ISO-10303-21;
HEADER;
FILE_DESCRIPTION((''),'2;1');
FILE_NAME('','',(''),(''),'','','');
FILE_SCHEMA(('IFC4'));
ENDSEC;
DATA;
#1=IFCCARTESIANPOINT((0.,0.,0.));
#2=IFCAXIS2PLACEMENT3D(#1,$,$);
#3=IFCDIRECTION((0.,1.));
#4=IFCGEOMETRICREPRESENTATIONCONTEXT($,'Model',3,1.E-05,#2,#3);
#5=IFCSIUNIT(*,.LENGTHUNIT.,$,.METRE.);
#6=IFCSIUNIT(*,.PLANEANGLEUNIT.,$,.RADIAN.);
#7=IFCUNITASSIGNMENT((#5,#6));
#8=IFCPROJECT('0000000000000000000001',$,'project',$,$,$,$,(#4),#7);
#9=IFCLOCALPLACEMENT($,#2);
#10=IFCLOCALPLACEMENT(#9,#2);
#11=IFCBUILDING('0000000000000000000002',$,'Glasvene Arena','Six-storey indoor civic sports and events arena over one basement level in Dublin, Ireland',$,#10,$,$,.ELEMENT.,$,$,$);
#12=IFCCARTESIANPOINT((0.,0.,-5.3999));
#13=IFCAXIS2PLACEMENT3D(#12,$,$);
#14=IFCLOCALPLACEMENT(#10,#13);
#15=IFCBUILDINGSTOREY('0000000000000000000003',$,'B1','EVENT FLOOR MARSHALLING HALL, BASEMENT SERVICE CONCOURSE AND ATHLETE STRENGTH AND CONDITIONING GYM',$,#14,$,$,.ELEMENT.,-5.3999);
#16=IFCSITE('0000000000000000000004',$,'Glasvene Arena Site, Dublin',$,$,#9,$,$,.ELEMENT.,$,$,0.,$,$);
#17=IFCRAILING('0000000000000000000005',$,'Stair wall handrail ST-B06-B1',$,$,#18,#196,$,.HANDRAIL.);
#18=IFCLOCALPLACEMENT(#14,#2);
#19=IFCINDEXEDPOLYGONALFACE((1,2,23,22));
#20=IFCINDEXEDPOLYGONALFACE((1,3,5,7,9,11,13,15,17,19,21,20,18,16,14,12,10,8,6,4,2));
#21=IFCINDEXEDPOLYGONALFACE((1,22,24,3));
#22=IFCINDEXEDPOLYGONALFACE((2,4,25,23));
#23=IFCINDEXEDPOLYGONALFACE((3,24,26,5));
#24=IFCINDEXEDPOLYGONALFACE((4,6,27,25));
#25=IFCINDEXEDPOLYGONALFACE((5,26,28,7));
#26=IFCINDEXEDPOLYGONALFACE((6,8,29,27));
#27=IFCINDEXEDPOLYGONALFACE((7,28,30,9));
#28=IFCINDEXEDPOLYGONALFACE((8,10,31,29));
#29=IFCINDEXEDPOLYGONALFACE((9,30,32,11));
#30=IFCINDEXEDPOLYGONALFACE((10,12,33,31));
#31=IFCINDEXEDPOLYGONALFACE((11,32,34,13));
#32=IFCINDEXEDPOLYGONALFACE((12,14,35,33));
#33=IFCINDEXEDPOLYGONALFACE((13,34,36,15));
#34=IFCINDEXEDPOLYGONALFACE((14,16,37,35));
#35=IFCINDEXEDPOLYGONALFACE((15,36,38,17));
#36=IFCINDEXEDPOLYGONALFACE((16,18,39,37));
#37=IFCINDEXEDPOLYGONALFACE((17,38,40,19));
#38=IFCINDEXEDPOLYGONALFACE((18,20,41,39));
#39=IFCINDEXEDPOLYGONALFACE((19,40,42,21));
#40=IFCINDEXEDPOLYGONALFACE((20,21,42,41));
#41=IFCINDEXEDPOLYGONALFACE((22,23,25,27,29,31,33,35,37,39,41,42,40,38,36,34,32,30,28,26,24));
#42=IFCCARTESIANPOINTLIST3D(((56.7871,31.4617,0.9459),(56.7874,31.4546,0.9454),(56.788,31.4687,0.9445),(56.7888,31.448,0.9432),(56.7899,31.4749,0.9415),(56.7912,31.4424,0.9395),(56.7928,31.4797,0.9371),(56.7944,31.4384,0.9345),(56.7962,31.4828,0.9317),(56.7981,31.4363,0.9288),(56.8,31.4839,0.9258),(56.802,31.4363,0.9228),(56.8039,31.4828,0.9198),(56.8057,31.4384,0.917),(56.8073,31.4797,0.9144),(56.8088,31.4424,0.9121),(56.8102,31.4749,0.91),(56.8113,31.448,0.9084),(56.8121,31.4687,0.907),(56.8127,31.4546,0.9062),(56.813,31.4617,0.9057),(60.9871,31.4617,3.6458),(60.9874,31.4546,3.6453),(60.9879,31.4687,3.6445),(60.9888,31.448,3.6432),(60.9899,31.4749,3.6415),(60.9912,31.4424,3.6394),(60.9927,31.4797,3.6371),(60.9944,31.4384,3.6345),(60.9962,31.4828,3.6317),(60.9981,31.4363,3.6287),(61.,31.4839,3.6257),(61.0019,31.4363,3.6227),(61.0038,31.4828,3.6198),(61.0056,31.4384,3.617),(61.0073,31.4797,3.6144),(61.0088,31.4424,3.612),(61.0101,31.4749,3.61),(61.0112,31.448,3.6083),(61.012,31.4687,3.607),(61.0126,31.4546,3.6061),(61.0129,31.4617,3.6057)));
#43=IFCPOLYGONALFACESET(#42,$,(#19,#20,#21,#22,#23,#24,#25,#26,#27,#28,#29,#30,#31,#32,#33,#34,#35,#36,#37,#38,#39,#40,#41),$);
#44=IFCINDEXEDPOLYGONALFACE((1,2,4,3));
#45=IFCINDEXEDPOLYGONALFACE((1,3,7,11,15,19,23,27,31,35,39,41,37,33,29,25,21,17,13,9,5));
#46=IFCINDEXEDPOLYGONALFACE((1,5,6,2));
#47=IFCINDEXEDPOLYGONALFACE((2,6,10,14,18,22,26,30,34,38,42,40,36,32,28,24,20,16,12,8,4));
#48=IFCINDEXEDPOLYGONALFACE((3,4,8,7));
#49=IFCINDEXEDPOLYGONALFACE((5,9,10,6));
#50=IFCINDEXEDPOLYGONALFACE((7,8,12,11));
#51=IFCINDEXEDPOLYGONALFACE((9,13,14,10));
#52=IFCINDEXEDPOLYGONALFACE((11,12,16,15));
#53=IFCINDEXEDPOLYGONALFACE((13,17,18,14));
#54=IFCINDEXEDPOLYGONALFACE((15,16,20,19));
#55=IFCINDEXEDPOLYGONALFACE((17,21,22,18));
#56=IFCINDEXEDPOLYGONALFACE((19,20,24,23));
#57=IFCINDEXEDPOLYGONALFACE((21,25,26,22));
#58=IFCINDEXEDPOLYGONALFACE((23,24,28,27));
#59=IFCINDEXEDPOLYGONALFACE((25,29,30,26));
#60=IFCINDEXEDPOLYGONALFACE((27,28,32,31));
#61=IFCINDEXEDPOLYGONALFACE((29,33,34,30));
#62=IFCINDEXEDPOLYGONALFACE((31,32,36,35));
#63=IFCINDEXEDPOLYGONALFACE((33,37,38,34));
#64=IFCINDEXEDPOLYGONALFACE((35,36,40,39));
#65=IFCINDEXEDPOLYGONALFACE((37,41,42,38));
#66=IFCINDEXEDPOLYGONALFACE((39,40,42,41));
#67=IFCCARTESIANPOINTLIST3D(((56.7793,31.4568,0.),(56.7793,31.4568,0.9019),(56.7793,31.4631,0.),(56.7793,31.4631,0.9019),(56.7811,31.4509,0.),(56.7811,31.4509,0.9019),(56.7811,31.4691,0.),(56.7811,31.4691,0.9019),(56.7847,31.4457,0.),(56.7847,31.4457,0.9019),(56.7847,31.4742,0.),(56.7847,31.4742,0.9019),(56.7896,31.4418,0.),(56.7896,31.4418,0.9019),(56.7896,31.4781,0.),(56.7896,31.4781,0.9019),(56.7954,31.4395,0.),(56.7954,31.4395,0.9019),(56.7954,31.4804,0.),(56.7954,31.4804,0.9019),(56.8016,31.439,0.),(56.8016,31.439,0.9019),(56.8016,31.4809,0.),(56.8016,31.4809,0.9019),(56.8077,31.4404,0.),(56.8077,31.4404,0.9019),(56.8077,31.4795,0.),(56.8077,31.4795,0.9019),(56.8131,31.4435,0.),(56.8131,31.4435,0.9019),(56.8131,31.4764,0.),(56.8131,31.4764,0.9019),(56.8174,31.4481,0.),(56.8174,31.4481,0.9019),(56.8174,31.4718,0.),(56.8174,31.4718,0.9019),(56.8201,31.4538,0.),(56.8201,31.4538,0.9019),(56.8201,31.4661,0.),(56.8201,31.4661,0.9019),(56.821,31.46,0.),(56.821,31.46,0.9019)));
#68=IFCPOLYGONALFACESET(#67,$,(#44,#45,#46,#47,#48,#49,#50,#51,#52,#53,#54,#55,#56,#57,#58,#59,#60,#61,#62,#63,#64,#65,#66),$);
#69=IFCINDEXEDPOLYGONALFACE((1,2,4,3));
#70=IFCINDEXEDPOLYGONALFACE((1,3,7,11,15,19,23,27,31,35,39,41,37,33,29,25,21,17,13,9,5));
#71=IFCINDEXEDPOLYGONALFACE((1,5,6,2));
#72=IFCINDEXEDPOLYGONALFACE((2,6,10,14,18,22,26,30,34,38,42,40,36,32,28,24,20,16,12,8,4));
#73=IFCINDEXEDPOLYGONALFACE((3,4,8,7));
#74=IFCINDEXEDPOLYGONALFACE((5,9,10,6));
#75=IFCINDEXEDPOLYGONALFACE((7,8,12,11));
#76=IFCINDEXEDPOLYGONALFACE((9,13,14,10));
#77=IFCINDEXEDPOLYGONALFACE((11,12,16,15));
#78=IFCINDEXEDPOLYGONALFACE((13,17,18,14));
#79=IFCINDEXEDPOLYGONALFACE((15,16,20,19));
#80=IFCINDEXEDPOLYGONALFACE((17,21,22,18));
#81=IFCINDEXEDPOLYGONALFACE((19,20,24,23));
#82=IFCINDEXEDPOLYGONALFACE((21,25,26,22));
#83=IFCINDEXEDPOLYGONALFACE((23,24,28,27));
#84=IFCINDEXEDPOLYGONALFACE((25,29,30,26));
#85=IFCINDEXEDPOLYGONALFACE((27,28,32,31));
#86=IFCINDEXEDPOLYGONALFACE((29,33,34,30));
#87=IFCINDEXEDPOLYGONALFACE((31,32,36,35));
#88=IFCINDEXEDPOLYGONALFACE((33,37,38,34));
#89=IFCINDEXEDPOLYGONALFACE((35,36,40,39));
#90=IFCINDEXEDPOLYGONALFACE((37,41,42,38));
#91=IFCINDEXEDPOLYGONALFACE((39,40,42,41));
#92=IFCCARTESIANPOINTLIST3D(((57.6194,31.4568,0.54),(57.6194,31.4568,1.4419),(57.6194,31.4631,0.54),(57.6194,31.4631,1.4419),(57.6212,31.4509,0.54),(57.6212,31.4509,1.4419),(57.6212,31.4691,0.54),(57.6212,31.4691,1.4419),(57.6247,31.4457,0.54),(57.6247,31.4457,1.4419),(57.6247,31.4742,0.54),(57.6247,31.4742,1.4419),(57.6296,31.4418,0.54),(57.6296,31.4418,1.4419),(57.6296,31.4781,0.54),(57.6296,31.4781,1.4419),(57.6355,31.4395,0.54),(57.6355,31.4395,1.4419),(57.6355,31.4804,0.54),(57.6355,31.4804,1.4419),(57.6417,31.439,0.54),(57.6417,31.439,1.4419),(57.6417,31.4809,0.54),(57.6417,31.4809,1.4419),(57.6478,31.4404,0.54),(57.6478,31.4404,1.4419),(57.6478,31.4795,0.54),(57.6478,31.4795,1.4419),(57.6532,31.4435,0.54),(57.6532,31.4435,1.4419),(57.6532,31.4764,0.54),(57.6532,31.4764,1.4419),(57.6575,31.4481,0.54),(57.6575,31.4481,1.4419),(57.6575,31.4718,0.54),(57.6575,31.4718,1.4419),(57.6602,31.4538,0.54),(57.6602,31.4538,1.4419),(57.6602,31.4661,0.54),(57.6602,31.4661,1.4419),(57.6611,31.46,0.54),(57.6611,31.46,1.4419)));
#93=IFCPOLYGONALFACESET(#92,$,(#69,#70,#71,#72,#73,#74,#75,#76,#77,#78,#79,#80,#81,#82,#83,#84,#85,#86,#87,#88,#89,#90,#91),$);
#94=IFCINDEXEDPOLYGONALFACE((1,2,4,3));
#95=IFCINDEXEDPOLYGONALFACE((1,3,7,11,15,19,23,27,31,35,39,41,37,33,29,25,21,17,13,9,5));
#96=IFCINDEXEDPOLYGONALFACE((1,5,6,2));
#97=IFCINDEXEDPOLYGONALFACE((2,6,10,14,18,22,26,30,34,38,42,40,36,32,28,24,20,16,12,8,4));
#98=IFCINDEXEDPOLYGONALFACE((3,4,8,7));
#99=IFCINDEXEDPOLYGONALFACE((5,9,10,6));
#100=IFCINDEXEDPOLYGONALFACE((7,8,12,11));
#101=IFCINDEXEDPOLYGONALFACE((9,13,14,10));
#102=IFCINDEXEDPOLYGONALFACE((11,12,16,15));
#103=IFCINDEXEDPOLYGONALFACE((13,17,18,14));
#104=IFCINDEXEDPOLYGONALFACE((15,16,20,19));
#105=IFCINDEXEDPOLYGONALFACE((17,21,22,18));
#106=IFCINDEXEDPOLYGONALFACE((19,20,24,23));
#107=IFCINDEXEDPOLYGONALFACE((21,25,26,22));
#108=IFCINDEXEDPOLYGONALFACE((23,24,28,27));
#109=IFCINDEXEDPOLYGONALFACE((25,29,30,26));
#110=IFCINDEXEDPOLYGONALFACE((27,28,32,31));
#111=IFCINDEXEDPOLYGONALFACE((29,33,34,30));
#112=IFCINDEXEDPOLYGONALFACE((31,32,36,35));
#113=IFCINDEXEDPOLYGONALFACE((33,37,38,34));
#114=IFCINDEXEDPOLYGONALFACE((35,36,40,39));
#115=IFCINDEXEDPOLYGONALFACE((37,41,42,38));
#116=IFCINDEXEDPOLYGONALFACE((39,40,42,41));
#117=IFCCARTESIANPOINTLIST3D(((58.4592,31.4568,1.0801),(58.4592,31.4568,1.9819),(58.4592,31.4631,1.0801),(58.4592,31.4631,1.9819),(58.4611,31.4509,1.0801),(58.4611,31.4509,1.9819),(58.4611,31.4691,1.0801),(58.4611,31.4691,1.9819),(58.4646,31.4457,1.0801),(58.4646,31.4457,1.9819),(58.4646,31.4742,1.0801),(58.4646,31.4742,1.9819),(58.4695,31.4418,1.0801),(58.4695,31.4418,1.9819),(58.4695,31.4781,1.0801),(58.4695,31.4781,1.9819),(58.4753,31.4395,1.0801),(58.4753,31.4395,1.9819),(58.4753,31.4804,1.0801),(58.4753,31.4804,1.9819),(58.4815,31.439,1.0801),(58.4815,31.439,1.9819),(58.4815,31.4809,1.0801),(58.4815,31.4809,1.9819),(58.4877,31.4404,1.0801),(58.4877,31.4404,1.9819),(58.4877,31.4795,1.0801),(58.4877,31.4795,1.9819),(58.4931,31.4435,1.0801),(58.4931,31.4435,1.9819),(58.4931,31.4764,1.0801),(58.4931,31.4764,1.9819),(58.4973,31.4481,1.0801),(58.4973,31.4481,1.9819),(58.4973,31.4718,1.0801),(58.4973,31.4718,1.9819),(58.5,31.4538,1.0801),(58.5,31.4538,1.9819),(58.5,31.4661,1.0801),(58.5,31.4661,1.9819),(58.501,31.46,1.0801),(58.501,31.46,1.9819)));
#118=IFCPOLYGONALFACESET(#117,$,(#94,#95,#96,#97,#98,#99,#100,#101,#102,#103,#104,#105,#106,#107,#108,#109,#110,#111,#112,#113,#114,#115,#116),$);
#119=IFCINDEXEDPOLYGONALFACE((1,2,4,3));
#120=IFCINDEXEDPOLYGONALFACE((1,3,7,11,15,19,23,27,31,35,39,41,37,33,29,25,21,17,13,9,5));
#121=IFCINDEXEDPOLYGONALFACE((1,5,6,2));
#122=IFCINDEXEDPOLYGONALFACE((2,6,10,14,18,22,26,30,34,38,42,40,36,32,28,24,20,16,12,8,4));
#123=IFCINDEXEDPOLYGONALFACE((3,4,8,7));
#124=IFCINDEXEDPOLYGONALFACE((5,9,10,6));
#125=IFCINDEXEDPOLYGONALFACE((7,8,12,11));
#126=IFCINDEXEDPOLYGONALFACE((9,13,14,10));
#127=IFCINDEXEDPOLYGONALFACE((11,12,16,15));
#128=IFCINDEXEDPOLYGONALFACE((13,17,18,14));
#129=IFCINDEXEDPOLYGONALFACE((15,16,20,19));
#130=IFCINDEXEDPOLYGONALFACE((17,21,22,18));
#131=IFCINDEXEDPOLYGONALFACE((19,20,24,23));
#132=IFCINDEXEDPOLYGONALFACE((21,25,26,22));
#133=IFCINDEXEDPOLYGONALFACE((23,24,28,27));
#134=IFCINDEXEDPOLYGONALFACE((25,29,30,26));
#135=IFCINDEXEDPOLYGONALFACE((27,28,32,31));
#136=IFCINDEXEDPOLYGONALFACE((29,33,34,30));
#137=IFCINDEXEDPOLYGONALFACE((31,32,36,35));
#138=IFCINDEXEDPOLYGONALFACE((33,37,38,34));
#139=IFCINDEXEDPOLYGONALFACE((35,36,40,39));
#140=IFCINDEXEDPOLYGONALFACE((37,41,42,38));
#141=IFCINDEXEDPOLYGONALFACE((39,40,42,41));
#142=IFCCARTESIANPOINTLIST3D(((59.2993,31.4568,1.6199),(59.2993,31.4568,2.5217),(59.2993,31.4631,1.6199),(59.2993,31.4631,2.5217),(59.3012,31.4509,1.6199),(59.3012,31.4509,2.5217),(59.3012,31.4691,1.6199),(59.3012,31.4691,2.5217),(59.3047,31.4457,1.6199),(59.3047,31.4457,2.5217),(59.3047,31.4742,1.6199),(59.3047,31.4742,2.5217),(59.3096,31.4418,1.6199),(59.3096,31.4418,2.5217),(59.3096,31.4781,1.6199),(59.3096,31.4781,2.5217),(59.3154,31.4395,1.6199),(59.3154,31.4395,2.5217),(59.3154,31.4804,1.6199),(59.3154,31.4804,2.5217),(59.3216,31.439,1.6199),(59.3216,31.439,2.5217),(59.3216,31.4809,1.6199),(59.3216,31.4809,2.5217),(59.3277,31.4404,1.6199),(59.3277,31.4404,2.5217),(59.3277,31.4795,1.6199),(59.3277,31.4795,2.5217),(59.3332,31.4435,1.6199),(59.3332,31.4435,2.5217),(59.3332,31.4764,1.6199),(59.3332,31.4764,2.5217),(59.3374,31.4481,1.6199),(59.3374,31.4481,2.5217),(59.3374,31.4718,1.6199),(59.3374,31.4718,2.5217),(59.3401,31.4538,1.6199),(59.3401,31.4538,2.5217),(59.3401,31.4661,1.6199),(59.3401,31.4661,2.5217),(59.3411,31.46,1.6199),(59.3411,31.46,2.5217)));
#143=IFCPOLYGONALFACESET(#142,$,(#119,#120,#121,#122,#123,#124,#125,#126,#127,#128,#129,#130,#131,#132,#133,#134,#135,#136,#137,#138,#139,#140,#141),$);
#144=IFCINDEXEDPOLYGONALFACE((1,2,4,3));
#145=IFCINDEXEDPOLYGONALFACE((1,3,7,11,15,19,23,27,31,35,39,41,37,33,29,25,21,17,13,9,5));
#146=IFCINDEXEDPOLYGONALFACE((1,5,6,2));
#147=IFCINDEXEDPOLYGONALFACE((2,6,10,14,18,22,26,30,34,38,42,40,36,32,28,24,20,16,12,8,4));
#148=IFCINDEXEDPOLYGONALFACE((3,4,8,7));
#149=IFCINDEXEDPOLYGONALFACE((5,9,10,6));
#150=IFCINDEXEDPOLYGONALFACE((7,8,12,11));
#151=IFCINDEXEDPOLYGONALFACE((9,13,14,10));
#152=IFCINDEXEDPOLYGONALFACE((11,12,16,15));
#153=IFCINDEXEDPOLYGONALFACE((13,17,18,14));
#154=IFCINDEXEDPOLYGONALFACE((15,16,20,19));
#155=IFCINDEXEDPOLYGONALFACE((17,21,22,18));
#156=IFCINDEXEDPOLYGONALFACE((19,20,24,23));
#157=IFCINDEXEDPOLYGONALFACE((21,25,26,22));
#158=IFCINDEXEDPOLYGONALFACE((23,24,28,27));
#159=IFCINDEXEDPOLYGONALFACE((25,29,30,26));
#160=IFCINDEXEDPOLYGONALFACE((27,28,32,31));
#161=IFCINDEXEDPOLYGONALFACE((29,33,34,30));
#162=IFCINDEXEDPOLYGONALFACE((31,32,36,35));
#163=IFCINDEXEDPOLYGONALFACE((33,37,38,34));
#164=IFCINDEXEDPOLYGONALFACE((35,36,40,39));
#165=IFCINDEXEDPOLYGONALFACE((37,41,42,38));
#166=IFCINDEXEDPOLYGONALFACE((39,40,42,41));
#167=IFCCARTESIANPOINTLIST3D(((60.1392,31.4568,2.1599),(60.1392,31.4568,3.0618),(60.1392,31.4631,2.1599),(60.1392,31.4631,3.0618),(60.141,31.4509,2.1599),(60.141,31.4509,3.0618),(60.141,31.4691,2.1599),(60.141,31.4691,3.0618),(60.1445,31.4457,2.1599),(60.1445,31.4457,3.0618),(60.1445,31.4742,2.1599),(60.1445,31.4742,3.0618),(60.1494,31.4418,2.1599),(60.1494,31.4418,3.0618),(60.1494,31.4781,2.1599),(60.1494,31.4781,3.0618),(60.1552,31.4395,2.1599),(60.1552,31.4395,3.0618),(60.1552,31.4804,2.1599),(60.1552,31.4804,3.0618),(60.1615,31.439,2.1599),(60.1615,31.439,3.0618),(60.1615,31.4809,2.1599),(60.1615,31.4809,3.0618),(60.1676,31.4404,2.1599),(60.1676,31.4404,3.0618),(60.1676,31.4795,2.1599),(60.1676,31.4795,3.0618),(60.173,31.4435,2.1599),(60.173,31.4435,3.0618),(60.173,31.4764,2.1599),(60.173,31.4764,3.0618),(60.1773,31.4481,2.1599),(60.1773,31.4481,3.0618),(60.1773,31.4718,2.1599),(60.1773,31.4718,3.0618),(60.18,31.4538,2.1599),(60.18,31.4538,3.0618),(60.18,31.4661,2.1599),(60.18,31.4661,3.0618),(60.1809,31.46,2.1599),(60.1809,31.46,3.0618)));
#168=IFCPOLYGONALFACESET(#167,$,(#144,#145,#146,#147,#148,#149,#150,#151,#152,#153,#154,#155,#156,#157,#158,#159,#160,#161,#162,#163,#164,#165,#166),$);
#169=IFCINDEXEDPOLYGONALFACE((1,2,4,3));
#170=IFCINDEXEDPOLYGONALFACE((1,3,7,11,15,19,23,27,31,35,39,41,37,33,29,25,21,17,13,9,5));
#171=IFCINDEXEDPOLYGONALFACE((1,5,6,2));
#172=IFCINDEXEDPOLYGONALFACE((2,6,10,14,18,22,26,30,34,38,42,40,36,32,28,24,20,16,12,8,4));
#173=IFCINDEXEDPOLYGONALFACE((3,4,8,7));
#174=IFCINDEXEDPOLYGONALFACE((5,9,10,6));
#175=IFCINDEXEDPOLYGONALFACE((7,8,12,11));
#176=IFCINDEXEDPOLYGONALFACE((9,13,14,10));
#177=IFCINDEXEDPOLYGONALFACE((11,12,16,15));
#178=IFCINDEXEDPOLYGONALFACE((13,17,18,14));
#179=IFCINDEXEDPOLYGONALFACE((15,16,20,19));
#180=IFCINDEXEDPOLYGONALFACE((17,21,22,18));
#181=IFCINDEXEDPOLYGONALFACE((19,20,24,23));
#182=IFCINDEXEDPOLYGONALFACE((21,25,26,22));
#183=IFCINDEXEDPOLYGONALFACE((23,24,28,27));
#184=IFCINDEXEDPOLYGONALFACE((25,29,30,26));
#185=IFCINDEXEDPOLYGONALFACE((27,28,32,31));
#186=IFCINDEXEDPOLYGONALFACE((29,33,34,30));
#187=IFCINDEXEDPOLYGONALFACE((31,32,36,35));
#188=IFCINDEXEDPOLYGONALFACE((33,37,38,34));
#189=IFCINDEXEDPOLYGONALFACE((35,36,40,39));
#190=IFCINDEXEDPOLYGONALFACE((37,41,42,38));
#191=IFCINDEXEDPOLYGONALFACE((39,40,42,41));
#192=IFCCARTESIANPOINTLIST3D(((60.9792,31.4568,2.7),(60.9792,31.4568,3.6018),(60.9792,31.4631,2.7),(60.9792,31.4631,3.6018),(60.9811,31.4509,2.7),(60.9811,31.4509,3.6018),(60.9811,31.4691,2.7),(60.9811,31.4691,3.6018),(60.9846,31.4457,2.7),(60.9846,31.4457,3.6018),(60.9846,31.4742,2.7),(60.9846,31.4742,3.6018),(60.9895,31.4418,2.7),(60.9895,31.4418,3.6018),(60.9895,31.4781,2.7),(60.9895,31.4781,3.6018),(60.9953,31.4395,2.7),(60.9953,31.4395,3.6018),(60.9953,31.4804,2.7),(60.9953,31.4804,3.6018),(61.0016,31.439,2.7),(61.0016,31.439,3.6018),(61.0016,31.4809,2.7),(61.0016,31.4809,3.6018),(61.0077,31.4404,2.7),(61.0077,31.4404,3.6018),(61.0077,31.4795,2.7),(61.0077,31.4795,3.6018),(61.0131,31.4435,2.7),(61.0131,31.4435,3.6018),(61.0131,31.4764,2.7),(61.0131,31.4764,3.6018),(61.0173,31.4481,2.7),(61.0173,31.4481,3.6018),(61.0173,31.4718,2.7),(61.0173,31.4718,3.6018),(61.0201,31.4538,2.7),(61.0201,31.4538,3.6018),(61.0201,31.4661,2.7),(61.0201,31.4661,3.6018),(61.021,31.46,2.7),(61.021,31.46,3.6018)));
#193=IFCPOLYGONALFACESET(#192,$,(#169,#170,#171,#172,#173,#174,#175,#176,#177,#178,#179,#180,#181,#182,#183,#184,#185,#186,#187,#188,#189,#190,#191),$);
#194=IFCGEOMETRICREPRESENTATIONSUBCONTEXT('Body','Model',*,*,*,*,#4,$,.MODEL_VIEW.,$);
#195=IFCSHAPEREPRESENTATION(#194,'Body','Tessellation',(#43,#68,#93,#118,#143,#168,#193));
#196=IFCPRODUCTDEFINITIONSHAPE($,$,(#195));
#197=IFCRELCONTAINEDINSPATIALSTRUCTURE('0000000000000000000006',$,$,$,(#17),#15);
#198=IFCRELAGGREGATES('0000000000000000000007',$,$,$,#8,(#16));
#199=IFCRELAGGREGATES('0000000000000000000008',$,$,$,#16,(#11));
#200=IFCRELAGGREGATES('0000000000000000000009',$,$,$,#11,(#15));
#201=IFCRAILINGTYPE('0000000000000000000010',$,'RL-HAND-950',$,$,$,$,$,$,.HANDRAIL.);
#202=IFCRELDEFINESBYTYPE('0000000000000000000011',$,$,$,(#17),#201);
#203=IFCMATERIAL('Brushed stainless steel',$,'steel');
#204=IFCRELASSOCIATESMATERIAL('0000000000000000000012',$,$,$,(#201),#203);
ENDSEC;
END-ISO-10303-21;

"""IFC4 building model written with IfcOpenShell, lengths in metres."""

from ifc_helpers import new_model, si_unit, direction, frame, origin, origin_2d, place, context, subcontext, project, spatial, circle, extrude, material, type_object, element, save


model = new_model("IFC4")

# Units and contexts
model_context = context("Model", 3, precision=1e-05, world=origin(), true_north=direction((0.0, 1.0)))
body_context = subcontext(model_context, "Body", "Model", "MODEL_VIEW")
ifc_project = project(units=[si_unit("LENGTHUNIT", "METRE"), si_unit("PLANEANGLEUNIT", "RADIAN")], contexts=[model_context])

# Site, building, storey
site_placement = place(None, origin())
site = spatial("IfcSite", under=ifc_project, at=site_placement, Name="Glasvene Arena Site, Dublin", CompositionType="ELEMENT", RefElevation=0.0)
building_placement = place(site_placement, origin())
building = spatial("IfcBuilding", under=site, at=building_placement, Name="Glasvene Arena", Description="Six-storey indoor civic sports and events arena over one basement level in Dublin, Ireland", CompositionType="ELEMENT")
storey_placement = place(building_placement, frame((0.0, 0.0, -5.3999)))
storey = spatial("IfcBuildingStorey", under=building, at=storey_placement, Name="B1", Description="EVENT FLOOR MARSHALLING HALL, BASEMENT SERVICE CONCOURSE AND ATHLETE STRENGTH AND CONDITIONING GYM", CompositionType="ELEMENT", Elevation=-5.3999)

# Railing
ifc_material_1 = material(Name="Brushed stainless steel", Category="steel")
railing_type_1 = type_object("IfcRailingType", Name="RL-HAND-950", PredefinedType="HANDRAIL", material=ifc_material_1)
railing_1_placement = place(storey_placement, frame((56.8, 31.46, 0.0)))
element("IfcRailing", 1, at=railing_1_placement, inside=storey, type_object=railing_type_1, Name="Stair wall handrail ST-B06-B1", PredefinedType="HANDRAIL", context=body_context, shape_type="SweptSolid", body=[
    extrude(circle(Radius=0.0239, at=origin_2d()), frame((0.0, 0.0, 0.9258), z_axis=(0.84118, 0.0, 0.540755), x_axis=(0.0, 1.0, 0.0)), (0.0, 0.0, 1.0), 4.9929),
    extrude(circle(Radius=0.021, at=origin_2d()), origin(), (0.0, 0.0, 1.0), 0.9019),
    extrude(circle(Radius=0.021, at=origin_2d()), frame((0.8401, 0.0, 0.54)), (0.0, 0.0, 1.0), 0.9019),
    extrude(circle(Radius=0.021, at=origin_2d()), frame((1.6799, 0.0, 1.0801)), (0.0, 0.0, 1.0), 0.9019),
    extrude(circle(Radius=0.021, at=origin_2d()), frame((2.52, 0.0, 1.6199)), (0.0, 0.0, 1.0), 0.9019),
    extrude(circle(Radius=0.021, at=origin_2d()), frame((3.3599, 0.0, 2.1599)), (0.0, 0.0, 1.0), 0.9019),
    extrude(circle(Radius=0.021, at=origin_2d()), frame((4.2, 0.0, 2.7)), (0.0, 0.0, 1.0), 0.9019),
])

save(model, "model.ifc")
